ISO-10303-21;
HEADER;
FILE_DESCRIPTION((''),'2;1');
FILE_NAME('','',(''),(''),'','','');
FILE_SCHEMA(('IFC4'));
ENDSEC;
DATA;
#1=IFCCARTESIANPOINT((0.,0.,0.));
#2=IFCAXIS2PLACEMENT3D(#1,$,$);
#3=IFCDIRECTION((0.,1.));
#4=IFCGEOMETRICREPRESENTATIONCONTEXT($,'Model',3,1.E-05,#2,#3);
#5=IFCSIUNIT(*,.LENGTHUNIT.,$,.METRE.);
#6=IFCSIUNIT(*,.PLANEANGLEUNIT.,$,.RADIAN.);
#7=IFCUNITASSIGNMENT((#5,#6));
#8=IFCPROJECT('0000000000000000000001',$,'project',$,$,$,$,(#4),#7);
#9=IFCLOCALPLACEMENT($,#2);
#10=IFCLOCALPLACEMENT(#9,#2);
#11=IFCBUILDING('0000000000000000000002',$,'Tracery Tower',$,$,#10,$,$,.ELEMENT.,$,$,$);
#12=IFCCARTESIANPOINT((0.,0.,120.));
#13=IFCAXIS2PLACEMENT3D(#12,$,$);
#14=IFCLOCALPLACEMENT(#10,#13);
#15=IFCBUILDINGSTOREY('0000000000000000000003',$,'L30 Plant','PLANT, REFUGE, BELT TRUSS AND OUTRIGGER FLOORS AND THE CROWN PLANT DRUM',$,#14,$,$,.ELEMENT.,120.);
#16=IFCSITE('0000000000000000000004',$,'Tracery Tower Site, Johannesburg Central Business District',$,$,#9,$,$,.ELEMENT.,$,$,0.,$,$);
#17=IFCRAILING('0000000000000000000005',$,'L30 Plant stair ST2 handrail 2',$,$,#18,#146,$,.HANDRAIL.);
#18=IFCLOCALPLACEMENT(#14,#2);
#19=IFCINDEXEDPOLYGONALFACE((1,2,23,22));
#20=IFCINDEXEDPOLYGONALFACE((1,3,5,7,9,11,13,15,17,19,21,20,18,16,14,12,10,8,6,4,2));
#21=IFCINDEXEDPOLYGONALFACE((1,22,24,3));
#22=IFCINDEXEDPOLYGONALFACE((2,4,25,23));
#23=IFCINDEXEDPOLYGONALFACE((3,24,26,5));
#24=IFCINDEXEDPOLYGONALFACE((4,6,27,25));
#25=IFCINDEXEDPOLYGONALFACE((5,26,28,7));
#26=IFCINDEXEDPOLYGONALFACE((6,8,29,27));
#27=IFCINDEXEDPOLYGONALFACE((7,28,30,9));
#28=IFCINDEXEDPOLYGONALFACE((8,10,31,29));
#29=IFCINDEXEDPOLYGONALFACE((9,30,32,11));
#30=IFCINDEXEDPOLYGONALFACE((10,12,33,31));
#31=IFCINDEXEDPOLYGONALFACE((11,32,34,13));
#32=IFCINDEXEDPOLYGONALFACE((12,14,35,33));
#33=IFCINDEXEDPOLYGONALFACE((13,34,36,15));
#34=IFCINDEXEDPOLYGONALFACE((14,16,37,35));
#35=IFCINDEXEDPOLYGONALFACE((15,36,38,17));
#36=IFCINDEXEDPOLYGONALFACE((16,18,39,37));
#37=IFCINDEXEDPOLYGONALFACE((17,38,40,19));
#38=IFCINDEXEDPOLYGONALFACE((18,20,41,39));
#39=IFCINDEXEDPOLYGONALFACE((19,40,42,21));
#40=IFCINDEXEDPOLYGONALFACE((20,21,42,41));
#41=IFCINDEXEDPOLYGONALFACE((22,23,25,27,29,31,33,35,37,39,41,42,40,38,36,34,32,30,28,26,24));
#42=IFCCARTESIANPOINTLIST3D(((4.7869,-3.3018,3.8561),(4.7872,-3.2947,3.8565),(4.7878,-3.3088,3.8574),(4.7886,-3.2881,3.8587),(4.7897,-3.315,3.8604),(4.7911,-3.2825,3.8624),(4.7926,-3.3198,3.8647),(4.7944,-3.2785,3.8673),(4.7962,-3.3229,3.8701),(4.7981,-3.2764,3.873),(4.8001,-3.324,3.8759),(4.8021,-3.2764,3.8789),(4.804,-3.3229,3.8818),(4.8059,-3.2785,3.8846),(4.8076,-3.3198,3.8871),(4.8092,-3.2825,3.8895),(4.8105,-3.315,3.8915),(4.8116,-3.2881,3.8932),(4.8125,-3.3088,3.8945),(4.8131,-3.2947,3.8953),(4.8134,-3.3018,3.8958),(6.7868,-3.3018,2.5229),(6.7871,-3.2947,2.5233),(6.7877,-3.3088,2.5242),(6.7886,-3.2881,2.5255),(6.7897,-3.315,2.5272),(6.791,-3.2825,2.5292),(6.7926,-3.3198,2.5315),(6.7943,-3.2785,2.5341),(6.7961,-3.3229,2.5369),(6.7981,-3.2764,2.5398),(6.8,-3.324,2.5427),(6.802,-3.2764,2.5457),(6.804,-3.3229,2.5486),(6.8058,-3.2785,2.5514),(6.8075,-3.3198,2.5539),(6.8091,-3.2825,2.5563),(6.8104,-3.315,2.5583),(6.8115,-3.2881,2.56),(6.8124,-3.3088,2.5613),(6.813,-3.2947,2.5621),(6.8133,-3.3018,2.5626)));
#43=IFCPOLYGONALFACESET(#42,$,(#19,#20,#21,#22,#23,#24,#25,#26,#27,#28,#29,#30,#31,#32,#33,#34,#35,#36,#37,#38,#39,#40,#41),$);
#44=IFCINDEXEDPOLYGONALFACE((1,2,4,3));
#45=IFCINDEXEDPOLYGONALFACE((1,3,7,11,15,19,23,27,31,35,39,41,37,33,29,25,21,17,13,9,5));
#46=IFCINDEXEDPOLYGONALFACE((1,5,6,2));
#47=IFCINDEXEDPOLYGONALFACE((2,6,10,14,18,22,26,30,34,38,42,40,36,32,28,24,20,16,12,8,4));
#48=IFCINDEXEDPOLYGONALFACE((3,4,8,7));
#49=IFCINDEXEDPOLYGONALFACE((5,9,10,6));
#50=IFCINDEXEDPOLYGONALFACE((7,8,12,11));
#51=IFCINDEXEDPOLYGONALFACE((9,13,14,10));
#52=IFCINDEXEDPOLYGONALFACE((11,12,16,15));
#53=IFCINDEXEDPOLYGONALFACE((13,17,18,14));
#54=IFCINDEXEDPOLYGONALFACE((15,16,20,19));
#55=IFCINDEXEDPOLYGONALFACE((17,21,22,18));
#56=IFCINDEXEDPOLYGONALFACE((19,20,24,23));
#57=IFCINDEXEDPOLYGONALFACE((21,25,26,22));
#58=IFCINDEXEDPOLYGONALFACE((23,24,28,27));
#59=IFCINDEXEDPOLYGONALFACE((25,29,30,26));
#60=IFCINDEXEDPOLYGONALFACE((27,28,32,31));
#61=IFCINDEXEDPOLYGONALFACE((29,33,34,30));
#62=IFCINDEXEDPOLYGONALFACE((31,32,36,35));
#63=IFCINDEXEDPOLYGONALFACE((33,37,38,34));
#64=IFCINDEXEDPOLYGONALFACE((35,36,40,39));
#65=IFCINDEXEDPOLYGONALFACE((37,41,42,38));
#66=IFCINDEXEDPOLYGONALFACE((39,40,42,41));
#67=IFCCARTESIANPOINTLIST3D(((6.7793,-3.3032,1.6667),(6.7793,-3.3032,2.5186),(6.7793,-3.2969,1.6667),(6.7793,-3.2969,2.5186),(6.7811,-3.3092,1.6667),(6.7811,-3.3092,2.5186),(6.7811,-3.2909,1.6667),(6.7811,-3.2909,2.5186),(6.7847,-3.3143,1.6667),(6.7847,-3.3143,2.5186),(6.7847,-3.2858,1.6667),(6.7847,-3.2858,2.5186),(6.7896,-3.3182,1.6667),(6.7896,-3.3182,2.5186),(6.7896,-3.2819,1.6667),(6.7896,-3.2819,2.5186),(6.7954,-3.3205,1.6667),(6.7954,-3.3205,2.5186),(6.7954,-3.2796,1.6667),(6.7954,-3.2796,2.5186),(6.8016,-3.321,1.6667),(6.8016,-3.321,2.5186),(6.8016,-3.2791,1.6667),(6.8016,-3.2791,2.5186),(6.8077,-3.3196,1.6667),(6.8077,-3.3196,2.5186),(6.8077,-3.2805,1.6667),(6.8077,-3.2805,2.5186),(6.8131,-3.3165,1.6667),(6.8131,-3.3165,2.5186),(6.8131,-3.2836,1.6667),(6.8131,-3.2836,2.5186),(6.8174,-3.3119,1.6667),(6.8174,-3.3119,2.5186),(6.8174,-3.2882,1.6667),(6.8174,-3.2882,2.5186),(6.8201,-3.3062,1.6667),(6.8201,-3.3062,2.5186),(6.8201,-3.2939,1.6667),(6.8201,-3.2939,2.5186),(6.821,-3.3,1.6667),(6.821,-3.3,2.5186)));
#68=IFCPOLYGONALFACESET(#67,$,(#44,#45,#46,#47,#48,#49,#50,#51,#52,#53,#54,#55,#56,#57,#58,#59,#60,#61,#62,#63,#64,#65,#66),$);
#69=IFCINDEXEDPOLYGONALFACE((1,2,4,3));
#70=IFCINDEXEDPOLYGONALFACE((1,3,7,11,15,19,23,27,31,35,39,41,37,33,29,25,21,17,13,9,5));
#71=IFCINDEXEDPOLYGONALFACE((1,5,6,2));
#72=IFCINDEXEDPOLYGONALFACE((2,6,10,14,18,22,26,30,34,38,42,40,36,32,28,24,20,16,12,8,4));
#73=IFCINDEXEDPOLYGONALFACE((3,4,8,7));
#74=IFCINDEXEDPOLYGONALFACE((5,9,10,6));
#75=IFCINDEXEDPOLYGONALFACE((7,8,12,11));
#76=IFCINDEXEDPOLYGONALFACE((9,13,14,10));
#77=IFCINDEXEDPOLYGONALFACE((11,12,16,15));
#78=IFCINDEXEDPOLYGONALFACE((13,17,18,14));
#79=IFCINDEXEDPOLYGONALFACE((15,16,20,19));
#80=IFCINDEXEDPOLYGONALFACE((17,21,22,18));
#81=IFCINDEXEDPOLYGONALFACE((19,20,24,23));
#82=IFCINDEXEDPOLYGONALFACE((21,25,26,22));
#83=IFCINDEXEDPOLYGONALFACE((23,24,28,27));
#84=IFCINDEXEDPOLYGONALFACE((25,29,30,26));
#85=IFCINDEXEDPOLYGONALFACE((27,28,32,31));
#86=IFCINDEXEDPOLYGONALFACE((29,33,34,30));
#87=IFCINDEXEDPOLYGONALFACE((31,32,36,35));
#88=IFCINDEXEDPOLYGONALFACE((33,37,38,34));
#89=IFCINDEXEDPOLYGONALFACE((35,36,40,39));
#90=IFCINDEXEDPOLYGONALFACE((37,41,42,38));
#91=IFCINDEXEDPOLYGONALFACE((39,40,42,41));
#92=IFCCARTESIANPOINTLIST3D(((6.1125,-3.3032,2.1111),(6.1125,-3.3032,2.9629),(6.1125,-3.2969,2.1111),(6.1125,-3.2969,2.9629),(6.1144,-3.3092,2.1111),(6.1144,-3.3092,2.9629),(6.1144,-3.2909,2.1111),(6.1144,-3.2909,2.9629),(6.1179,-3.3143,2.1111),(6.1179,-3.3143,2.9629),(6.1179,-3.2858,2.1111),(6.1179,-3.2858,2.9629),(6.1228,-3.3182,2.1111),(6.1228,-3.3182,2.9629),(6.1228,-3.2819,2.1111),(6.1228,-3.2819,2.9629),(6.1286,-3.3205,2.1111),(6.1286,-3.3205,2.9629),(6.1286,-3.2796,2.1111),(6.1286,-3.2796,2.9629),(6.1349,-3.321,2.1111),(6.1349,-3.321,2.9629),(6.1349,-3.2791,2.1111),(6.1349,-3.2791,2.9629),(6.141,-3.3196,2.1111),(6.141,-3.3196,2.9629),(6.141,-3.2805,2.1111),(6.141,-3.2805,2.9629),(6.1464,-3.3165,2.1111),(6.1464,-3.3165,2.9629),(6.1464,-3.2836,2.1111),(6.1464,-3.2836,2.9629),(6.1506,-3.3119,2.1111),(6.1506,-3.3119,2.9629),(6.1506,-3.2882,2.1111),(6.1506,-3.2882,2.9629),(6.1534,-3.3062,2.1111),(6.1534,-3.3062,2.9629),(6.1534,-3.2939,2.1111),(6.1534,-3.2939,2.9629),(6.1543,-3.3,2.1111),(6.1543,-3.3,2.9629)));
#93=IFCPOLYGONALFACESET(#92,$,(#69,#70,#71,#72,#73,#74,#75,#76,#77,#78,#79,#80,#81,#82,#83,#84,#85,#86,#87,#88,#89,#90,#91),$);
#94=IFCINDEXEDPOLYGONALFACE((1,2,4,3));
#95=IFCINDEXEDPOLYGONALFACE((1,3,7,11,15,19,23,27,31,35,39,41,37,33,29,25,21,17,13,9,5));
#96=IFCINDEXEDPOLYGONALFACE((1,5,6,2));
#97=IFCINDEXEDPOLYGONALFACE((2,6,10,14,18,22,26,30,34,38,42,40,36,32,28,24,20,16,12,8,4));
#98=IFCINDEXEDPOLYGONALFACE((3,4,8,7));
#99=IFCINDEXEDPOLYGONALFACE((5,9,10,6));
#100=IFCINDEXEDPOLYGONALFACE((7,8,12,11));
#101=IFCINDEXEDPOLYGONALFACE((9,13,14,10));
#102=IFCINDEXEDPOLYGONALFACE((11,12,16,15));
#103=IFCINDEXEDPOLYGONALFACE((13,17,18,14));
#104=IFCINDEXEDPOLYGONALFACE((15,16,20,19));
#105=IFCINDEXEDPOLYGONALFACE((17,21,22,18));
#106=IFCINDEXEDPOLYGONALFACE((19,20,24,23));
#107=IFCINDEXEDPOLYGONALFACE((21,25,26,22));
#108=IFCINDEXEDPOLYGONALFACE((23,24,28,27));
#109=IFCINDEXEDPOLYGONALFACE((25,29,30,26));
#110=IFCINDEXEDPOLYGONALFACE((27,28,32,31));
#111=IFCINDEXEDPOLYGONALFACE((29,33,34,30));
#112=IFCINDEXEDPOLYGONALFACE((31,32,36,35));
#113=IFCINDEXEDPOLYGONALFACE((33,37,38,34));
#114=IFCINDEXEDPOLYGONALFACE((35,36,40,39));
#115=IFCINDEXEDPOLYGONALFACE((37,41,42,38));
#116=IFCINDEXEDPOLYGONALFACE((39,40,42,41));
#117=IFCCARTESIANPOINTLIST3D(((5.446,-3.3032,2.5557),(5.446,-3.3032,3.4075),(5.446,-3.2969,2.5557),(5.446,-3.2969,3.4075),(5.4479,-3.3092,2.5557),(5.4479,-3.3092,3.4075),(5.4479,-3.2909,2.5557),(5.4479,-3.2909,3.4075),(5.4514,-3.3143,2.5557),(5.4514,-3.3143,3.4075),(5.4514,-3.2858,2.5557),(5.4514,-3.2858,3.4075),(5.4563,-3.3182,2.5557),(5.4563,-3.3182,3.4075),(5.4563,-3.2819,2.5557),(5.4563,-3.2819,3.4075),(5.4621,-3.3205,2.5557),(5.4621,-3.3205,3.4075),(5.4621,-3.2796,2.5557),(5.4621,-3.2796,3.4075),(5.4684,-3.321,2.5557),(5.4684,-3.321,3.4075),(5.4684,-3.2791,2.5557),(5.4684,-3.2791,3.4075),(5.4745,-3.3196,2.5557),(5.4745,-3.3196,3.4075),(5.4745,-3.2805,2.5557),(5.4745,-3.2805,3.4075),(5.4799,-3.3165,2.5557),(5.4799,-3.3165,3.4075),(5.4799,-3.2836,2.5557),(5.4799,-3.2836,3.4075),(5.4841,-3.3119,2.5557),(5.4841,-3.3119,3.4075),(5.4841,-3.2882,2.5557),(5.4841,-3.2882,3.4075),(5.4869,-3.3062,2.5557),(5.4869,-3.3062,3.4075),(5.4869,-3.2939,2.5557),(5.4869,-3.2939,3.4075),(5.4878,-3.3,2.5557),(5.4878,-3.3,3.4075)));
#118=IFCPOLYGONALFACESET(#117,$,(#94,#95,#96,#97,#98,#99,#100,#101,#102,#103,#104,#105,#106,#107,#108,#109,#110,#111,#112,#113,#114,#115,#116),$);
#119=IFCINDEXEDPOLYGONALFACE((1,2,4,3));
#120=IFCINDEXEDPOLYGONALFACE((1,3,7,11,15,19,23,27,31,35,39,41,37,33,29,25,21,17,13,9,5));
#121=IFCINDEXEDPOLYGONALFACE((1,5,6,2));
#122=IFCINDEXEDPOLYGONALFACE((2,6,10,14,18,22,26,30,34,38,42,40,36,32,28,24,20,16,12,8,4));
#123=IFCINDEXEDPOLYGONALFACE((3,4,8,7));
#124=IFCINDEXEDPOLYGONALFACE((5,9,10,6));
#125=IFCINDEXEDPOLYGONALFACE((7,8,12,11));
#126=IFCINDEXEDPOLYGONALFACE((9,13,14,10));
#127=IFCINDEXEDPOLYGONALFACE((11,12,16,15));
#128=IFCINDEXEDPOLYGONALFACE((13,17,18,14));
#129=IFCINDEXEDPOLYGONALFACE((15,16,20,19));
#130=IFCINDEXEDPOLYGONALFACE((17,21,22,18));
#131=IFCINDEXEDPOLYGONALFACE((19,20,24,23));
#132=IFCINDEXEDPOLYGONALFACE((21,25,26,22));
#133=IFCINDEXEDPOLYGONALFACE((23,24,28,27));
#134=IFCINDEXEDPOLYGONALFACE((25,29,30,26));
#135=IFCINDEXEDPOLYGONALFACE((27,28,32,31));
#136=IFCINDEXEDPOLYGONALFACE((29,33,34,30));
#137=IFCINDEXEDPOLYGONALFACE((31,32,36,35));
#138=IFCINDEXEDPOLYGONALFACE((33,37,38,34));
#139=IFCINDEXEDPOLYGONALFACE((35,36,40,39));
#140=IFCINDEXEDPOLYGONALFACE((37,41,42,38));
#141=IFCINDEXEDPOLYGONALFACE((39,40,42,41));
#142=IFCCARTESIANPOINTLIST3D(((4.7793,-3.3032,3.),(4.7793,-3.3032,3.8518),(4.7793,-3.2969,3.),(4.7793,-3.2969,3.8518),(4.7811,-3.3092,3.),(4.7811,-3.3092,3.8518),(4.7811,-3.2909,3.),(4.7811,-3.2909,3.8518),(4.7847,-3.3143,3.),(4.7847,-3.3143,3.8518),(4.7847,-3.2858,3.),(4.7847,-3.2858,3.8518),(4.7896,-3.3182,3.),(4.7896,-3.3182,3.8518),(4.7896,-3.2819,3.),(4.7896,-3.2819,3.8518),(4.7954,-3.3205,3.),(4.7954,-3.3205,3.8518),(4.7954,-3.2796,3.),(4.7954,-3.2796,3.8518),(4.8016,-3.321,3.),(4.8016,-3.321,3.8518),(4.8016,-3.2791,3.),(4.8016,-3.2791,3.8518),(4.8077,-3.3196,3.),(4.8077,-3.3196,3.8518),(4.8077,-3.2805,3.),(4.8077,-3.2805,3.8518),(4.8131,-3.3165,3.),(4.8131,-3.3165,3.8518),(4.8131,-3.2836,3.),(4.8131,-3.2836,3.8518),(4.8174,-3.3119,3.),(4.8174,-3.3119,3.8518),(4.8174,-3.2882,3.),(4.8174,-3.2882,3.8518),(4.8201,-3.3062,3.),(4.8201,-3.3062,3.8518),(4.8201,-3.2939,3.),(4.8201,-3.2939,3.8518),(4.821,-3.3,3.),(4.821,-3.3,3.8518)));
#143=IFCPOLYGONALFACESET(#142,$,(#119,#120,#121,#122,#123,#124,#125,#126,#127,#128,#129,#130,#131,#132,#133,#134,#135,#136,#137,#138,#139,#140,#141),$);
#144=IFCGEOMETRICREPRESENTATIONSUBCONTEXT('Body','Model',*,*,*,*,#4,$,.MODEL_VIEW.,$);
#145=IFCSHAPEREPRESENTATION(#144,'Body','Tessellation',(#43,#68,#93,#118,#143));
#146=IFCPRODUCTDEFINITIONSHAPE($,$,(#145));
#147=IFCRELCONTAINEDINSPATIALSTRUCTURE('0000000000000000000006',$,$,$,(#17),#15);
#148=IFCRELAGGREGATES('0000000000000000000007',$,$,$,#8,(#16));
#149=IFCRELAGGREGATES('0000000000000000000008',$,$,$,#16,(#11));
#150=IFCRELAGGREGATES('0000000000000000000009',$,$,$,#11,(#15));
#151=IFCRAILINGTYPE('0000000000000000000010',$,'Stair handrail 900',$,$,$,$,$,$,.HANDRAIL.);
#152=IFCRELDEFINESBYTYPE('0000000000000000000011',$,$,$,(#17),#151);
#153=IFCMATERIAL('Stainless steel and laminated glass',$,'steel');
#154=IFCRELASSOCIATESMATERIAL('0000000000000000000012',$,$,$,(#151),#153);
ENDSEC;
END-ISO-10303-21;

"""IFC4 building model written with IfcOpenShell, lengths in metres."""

from ifc_helpers import new_model, si_unit, direction, frame, origin, origin_2d, place, context, subcontext, project, spatial, circle, extrude, material, type_object, element, save


model = new_model("IFC4")

# Units and contexts
model_context = context("Model", 3, precision=1e-05, world=origin(), true_north=direction((0.0, 1.0)))
body_context = subcontext(model_context, "Body", "Model", "MODEL_VIEW")
ifc_project = project(units=[si_unit("LENGTHUNIT", "METRE"), si_unit("PLANEANGLEUNIT", "RADIAN")], contexts=[model_context])

# Site, building, storey
site_placement = place(None, origin())
site = spatial("IfcSite", under=ifc_project, at=site_placement, Name="Tracery Tower Site, Johannesburg Central Business District", CompositionType="ELEMENT", RefElevation=0.0)
building_placement = place(site_placement, origin())
building = spatial("IfcBuilding", under=site, at=building_placement, Name="Tracery Tower", CompositionType="ELEMENT")
storey_placement = place(building_placement, frame((0.0, 0.0, 120.0)))
storey = spatial("IfcBuildingStorey", under=building, at=storey_placement, Name="L30 Plant", Description="PLANT, REFUGE, BELT TRUSS AND OUTRIGGER FLOORS AND THE CROWN PLANT DRUM", CompositionType="ELEMENT", Elevation=120.0)

# Railing
ifc_material_1 = material(Name="Stainless steel and laminated glass", Category="steel")
railing_type_1 = type_object("IfcRailingType", Name="Stair handrail 900", PredefinedType="HANDRAIL", material=ifc_material_1)
railing_1_placement = place(storey_placement, frame((6.8, -3.3, 1.6667)))
element("IfcRailing", 1, at=railing_1_placement, inside=storey, type_object=railing_type_1, Name="L30 Plant stair ST2 handrail 2", PredefinedType="HANDRAIL", context=body_context, shape_type="SweptSolid", body=[
    extrude(circle(Radius=0.0239, at=origin_2d()), frame((0.0, 0.0, 0.876), z_axis=(-0.832066, 0.0, 0.554677), x_axis=(0.0, -1.0, 0.0)), (0.0, 0.0, 1.0), 2.4036),
    extrude(circle(Radius=0.021, at=origin_2d()), origin(), (0.0, 0.0, 1.0), 0.8518),
    extrude(circle(Radius=0.021, at=origin_2d()), frame((-0.6667, 0.0, 0.4443)), (0.0, 0.0, 1.0), 0.8518),
    extrude(circle(Radius=0.021, at=origin_2d()), frame((-1.3333, 0.0, 0.8889)), (0.0, 0.0, 1.0), 0.8518),
    extrude(circle(Radius=0.021, at=origin_2d()), frame((-2.0, 0.0, 1.3333)), (0.0, 0.0, 1.0), 0.8518),
])

save(model, "model.ifc")
